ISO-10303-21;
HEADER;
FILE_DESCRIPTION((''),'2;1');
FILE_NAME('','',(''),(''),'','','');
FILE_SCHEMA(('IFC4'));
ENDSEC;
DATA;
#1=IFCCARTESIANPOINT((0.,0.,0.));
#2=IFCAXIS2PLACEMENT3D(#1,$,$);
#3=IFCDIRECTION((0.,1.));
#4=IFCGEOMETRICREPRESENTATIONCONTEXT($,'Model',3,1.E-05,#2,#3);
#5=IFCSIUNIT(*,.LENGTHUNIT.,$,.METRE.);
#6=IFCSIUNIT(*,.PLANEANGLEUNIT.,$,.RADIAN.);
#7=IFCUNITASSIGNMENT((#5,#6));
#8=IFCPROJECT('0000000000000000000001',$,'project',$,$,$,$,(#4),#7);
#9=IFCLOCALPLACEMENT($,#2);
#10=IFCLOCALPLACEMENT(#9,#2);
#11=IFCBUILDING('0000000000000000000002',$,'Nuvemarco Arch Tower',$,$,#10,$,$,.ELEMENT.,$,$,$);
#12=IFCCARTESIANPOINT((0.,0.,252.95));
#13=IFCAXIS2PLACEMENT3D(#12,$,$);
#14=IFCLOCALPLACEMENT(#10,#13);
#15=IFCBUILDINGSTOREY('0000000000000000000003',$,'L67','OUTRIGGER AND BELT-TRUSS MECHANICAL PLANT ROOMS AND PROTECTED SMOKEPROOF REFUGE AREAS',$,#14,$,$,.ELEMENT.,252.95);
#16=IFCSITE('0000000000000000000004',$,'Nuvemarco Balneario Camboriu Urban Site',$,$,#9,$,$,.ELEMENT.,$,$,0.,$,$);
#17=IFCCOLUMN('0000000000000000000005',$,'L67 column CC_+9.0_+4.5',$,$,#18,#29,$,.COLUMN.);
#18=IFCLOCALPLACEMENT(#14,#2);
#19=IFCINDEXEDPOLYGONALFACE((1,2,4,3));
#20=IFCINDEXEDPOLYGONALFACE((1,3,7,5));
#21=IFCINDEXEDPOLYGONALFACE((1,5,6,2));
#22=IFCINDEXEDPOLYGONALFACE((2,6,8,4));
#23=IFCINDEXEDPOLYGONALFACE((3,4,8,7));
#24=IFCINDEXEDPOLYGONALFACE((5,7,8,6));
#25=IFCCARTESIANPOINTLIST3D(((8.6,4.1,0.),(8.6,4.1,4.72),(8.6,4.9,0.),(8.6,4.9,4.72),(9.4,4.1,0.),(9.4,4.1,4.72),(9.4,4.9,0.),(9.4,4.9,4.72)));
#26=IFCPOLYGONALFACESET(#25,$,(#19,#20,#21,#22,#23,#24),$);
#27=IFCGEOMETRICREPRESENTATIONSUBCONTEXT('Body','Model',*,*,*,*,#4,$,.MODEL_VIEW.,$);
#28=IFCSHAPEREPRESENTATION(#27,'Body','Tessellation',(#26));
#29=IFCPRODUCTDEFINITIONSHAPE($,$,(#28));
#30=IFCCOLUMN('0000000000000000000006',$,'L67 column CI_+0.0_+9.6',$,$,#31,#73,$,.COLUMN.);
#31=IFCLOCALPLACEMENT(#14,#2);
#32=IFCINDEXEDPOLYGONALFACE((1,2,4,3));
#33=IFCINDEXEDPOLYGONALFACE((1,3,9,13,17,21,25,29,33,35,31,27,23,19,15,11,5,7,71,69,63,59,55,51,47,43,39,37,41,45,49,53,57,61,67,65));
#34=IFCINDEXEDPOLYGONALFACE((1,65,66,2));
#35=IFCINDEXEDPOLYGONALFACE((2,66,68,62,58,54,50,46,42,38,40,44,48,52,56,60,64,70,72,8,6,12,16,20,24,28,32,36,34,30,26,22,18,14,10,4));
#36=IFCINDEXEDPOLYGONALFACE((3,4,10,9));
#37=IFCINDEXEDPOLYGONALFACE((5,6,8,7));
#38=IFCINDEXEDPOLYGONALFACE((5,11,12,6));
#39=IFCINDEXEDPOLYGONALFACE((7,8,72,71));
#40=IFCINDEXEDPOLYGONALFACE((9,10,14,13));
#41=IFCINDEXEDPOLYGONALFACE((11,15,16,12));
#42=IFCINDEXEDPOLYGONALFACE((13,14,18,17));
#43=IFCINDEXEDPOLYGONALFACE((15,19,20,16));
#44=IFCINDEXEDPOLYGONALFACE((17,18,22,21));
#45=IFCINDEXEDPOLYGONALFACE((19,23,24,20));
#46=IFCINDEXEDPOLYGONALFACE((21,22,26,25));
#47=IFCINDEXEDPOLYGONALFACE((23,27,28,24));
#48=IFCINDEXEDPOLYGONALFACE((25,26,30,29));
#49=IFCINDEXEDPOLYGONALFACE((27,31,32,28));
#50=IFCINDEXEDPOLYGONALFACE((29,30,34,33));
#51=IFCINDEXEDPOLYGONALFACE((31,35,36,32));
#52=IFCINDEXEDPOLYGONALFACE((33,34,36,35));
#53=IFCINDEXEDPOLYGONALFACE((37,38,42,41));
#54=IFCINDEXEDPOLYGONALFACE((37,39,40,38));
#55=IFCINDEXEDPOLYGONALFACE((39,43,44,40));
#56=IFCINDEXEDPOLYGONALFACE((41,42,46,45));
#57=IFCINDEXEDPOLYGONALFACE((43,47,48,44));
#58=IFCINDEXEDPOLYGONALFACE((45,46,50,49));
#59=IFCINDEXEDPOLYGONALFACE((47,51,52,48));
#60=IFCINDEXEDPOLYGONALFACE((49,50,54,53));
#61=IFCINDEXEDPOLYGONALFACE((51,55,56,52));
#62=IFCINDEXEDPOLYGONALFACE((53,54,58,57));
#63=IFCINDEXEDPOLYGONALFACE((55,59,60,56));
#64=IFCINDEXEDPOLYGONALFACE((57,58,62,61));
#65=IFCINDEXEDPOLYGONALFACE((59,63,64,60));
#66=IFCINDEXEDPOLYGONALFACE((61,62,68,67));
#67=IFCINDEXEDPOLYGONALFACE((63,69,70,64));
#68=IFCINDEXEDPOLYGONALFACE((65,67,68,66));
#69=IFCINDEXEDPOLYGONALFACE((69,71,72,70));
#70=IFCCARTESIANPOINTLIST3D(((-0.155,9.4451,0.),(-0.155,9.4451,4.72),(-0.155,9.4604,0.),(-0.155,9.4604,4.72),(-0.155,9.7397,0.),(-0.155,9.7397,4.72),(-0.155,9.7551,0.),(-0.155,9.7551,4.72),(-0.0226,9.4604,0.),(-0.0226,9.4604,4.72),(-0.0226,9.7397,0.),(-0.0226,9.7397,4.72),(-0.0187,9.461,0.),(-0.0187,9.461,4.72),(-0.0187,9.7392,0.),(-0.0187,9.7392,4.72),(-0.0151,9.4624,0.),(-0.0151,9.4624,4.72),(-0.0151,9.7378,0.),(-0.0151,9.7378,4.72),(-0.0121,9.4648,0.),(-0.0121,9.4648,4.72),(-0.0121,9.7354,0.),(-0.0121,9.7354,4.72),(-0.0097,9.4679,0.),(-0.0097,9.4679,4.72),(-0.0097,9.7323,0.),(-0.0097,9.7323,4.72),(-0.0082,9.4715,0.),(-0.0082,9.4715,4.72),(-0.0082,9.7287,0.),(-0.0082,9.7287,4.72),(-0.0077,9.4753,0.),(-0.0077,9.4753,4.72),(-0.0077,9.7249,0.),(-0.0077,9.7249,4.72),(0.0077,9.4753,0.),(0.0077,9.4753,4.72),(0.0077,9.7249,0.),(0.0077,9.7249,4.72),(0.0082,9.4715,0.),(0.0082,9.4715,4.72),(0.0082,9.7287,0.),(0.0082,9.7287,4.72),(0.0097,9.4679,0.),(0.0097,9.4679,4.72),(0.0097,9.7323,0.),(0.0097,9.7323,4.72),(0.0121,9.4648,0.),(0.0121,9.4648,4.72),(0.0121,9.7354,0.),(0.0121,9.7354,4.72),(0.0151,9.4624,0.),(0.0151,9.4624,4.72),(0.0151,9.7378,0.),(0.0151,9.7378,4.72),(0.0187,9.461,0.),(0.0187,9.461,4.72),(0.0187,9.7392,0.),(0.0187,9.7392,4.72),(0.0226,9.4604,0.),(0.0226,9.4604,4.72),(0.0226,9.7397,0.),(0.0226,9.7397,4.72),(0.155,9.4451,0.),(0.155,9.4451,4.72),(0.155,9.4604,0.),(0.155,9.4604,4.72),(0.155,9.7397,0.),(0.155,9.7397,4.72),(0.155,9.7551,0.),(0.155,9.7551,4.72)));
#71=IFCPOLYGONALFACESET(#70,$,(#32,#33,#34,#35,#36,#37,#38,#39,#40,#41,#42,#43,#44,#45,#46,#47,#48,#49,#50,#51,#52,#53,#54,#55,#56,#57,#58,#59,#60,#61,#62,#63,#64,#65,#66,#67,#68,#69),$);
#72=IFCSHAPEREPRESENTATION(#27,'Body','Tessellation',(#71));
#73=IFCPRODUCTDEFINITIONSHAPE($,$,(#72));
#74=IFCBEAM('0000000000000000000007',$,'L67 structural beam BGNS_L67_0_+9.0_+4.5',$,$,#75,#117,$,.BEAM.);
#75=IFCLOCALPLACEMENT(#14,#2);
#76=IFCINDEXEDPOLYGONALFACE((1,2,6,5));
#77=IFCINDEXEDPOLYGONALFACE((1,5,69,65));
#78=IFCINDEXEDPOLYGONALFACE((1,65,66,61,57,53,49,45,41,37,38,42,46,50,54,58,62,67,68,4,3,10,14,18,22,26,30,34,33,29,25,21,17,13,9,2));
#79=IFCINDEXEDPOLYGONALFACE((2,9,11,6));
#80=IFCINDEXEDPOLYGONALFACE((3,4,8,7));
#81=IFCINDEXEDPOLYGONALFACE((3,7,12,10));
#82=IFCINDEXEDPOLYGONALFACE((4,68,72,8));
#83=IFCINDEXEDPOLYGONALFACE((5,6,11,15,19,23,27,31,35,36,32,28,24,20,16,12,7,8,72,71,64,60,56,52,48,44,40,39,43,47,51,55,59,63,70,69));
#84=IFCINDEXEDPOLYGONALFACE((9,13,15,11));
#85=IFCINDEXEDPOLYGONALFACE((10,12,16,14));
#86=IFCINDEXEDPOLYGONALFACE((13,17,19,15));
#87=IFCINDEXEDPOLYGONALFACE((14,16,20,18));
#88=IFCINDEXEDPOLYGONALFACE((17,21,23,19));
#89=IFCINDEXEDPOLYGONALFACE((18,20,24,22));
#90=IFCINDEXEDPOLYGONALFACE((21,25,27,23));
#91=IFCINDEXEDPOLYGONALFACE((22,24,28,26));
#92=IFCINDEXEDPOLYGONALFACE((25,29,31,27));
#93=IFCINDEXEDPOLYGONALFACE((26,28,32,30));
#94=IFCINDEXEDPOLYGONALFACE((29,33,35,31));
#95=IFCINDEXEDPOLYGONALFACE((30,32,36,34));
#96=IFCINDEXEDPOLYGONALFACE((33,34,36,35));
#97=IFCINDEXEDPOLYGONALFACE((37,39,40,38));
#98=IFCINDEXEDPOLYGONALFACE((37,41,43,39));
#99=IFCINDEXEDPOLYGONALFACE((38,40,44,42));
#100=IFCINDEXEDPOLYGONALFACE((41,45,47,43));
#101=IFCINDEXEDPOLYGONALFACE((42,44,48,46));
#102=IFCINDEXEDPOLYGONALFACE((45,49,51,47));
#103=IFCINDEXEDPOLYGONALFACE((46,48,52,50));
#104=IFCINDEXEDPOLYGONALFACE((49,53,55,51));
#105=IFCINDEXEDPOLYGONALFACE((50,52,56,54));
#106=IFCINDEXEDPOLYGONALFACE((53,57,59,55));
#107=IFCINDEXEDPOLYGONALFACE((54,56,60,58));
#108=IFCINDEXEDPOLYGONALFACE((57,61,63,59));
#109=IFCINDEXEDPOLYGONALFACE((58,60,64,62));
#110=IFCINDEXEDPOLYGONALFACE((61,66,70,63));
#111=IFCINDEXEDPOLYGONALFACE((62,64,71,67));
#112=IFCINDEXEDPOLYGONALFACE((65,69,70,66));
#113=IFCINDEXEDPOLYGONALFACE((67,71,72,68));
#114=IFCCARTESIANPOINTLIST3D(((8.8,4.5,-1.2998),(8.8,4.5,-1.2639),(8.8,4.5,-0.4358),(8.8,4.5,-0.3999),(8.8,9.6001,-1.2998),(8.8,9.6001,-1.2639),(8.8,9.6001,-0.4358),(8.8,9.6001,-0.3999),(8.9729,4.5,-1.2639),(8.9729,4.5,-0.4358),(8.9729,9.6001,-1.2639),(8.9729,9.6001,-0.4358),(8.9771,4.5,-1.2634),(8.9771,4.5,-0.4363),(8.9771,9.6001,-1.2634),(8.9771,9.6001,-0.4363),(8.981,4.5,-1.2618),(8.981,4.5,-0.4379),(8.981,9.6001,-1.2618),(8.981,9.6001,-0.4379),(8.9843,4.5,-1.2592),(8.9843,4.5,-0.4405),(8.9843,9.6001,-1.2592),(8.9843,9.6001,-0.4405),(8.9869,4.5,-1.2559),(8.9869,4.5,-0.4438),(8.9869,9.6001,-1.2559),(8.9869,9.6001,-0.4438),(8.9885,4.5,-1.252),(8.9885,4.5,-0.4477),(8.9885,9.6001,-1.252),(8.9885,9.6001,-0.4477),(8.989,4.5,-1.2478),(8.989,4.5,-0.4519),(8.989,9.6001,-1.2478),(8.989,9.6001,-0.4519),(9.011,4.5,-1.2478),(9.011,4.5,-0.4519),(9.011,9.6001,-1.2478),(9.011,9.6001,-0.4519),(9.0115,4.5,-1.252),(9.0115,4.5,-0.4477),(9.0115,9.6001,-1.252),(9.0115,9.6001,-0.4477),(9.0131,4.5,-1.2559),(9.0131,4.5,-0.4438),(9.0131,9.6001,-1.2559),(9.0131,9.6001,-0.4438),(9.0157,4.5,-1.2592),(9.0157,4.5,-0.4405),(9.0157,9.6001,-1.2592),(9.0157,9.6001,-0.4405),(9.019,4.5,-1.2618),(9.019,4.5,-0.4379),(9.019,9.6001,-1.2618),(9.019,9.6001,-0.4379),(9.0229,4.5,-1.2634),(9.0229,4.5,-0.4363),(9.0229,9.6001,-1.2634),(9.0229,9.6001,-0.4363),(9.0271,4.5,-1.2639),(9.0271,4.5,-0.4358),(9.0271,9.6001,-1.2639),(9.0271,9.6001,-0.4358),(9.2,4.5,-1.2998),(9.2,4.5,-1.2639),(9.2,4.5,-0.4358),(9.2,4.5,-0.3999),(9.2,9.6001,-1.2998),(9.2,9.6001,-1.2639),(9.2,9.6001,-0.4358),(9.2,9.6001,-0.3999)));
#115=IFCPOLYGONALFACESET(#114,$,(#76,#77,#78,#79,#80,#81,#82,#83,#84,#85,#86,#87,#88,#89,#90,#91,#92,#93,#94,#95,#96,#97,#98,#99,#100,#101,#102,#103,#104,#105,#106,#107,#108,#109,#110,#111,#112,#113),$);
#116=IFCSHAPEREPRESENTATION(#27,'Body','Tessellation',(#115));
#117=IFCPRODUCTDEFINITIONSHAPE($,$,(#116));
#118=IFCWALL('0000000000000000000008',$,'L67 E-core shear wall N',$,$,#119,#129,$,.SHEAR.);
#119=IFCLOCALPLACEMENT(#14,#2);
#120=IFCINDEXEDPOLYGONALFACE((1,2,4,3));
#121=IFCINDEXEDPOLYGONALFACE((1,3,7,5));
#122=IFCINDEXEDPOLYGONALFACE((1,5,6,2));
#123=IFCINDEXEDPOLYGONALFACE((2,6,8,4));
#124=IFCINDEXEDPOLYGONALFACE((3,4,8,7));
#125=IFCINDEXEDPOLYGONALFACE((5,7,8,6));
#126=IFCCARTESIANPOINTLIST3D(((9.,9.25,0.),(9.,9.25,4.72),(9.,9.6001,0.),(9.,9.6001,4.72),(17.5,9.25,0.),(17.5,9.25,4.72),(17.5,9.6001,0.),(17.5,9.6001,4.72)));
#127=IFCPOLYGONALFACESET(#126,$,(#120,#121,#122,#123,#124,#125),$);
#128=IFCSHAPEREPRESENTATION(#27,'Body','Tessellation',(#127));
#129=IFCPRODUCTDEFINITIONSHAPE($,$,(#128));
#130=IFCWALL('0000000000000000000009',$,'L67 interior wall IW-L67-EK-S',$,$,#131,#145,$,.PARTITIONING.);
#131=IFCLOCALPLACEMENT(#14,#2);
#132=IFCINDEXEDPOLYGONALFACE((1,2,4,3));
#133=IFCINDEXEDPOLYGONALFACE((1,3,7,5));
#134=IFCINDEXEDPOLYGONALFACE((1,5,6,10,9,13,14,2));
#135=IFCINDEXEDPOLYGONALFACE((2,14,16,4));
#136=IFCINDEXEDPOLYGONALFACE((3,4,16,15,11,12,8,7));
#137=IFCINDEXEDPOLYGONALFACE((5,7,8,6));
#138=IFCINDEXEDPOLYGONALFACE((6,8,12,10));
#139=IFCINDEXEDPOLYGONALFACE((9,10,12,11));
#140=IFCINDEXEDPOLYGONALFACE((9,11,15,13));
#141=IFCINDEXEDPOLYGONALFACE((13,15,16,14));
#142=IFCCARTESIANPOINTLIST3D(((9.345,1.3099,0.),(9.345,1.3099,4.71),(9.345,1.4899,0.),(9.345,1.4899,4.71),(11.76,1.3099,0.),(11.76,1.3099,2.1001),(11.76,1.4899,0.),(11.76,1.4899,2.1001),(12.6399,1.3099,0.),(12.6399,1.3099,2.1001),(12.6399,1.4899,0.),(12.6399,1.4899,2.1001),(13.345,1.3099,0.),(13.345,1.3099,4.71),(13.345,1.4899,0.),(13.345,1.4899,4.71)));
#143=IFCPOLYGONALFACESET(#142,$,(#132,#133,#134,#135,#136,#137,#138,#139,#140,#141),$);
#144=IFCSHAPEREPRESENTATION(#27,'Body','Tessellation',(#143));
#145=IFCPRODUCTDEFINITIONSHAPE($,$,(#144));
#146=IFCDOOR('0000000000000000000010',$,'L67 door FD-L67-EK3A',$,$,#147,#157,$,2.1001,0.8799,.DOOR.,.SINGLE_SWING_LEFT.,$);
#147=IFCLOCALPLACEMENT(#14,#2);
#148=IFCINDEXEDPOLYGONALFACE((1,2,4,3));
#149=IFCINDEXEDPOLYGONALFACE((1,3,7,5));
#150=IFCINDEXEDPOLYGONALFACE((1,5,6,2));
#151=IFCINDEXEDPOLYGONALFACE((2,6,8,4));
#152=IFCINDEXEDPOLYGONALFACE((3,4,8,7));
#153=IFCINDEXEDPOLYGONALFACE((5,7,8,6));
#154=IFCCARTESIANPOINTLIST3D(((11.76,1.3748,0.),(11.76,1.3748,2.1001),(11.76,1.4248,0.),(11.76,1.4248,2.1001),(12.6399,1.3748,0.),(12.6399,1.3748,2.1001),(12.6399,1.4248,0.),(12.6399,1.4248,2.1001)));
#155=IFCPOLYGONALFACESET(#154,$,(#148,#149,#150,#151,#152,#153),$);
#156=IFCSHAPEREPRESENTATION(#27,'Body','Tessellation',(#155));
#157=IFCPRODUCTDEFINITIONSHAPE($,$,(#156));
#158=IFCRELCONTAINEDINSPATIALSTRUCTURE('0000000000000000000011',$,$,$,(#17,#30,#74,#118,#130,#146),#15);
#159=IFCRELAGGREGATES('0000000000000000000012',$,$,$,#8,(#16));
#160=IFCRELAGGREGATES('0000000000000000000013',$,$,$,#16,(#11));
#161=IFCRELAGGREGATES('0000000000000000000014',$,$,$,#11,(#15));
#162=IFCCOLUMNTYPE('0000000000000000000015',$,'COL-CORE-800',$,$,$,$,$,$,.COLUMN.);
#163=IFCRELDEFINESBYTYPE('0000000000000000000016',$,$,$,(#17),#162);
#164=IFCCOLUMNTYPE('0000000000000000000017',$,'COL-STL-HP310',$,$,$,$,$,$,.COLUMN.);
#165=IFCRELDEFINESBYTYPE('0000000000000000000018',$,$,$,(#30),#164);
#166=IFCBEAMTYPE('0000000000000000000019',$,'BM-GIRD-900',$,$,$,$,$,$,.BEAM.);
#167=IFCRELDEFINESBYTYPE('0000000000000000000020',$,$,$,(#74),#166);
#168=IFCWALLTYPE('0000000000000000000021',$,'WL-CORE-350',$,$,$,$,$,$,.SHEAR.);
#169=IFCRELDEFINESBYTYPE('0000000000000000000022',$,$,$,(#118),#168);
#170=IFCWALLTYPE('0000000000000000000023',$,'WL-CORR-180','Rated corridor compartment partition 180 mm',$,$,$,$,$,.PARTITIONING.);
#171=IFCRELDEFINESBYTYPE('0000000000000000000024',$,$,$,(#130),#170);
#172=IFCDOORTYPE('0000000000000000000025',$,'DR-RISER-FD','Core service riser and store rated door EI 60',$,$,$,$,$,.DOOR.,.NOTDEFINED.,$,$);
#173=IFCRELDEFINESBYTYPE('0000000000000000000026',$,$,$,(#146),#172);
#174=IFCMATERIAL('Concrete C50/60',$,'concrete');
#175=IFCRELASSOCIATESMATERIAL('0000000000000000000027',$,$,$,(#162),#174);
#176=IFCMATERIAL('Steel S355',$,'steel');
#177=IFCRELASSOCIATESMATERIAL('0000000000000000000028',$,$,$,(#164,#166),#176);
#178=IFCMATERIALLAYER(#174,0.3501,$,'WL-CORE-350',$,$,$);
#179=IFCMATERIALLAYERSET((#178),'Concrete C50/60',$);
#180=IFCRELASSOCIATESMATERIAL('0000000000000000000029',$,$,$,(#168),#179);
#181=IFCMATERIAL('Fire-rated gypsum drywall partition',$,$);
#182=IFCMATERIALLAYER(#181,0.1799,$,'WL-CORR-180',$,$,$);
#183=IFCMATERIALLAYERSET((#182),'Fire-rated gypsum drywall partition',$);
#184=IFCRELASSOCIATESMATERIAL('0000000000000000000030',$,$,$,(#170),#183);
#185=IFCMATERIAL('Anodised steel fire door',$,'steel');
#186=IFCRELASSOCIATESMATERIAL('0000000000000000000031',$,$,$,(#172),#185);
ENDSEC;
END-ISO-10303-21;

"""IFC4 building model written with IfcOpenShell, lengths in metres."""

from ifc_helpers import new_model, si_unit, direction, frame, frame_2d, origin, origin_2d, place, context, subcontext, project, spatial, rectangle, i_section, extrude, source, transform, mapped, material, layer, layer_set, material_profile, profile_set, type_object, type_shapes, element, fill, save


model = new_model("IFC4")

# Units and contexts
model_context = context("Model", 3, precision=1e-05, world=origin(), true_north=direction((0.0, 1.0)))
body_context = subcontext(model_context, "Body", "Model", "MODEL_VIEW")
ifc_project = project(units=[si_unit("LENGTHUNIT", "METRE"), si_unit("PLANEANGLEUNIT", "RADIAN")], contexts=[model_context])

# Site, building, storey
site_placement = place(None, origin())
site = spatial("IfcSite", under=ifc_project, at=site_placement, Name="Nuvemarco Balneario Camboriu Urban Site", CompositionType="ELEMENT", RefElevation=0.0)
building_placement = place(site_placement, origin())
building = spatial("IfcBuilding", under=site, at=building_placement, Name="Nuvemarco Arch Tower", CompositionType="ELEMENT")
storey_placement = place(building_placement, frame((0.0, 0.0, 252.95)))
storey = spatial("IfcBuildingStorey", under=building, at=storey_placement, Name="L67", Description="OUTRIGGER AND BELT-TRUSS MECHANICAL PLANT ROOMS AND PROTECTED SMOKEPROOF REFUGE AREAS", CompositionType="ELEMENT", Elevation=252.95)

# Columns
ifc_material_1 = material(Name="Concrete C50/60", Category="concrete")
ifc_material_profile_1 = material_profile(ifc_material_1, rectangle(XDim=0.8, YDim=0.8, at=origin_2d()), Name="RC-COL-800x800")
ifc_profile_set_1 = profile_set([ifc_material_profile_1], Name="Concrete C50/60")
column_type_1 = type_object("IfcColumnType", Name="COL-CORE-800", PredefinedType="COLUMN", material=ifc_profile_set_1)
column_1_placement = place(storey_placement, frame((9.0, 4.5, 0.0), z_axis=(0.0, 0.0, 1.0), x_axis=(1.0, 0.0, 0.0)))
element("IfcColumn", 1, at=column_1_placement, inside=storey, type_object=column_type_1, Name="L67 column CC_+9.0_+4.5", PredefinedType="COLUMN", context=body_context, shape_type="SweptSolid", body=[
    extrude(rectangle(XDim=0.8, YDim=0.8, at=origin_2d()), origin(), (0.0, 0.0, 1.0), 4.72),
])
ifc_material_2 = material(Name="Steel S355", Category="steel")
ifc_material_profile_2 = material_profile(ifc_material_2, i_section(OverallWidth=0.3101, OverallDepth=0.3101, WebThickness=0.0154, FlangeThickness=0.0154, FilletRadius=0.0149, at=origin_2d()), Name="HP310x110")
ifc_profile_set_2 = profile_set([ifc_material_profile_2], Name="Steel S355")
column_type_2 = type_object("IfcColumnType", Name="COL-STL-HP310", PredefinedType="COLUMN", material=ifc_profile_set_2)
column_2_placement = place(storey_placement, frame((0.0, 9.6001, 0.0), z_axis=(0.0, 0.0, 1.0), x_axis=(1.0, 0.0, 0.0)))
element("IfcColumn", 2, at=column_2_placement, inside=storey, type_object=column_type_2, Name="L67 column CI_+0.0_+9.6", PredefinedType="COLUMN", context=body_context, shape_type="SweptSolid", body=[
    extrude(i_section(OverallWidth=0.3101, OverallDepth=0.3101, WebThickness=0.0154, FlangeThickness=0.0154, FilletRadius=0.0149, at=origin_2d()), origin(), (0.0, 0.0, 1.0), 4.72),
])

# Beam
ifc_material_profile_3 = material_profile(ifc_material_2, i_section(OverallWidth=0.3999, OverallDepth=0.8999, WebThickness=0.022, FlangeThickness=0.0359, FilletRadius=0.0161, at=origin_2d()), Name="PG900x400")
ifc_profile_set_3 = profile_set([ifc_material_profile_3], Name="Steel S355")
beam_type = type_object("IfcBeamType", Name="BM-GIRD-900", PredefinedType="BEAM", material=ifc_profile_set_3)
beam_placement = place(storey_placement, frame((9.0, 4.5, -0.8499), z_axis=(0.0, 1.0, 0.0), x_axis=(-1.0, 0.0, 0.0)))
element("IfcBeam", 3, at=beam_placement, inside=storey, type_object=beam_type, Name="L67 structural beam BGNS_L67_0_+9.0_+4.5", PredefinedType="BEAM", context=body_context, shape_type="SweptSolid", body=[
    extrude(i_section(OverallWidth=0.3999, OverallDepth=0.8999, WebThickness=0.022, FlangeThickness=0.0359, FilletRadius=0.0161, at=origin_2d()), origin(), (0.0, 0.0, 1.0), 5.1001),
])

# Wall
ifc_layer_1 = layer(ifc_material_1, 0.3501, Name="WL-CORE-350")
ifc_layer_set_1 = layer_set([ifc_layer_1], Name="Concrete C50/60")
wall_type_1 = type_object("IfcWallType", Name="WL-CORE-350", PredefinedType="SHEAR", material=ifc_layer_set_1)
wall_1_placement = place(storey_placement, frame((9.0, 9.425, 0.0), z_axis=(0.0, 0.0, 1.0), x_axis=(1.0, 0.0, 0.0)))
element("IfcWall", 4, at=wall_1_placement, inside=storey, type_object=wall_type_1, Name="L67 E-core shear wall N", PredefinedType="SHEAR", context=body_context, shape_type="SweptSolid", body=[
    extrude(rectangle(XDim=8.5, YDim=0.3501, at=frame_2d((4.25, 0.0))), origin(), (0.0, 0.0, 1.0), 4.72),
])

# Wall, opening, door
ifc_material_3 = material(Name="Fire-rated gypsum drywall partition")
ifc_layer_2 = layer(ifc_material_3, 0.1799, Name="WL-CORR-180")
ifc_layer_set_2 = layer_set([ifc_layer_2], Name="Fire-rated gypsum drywall partition")
wall_type_2 = type_object("IfcWallType", Name="WL-CORR-180", Description="Rated corridor compartment partition 180 mm", PredefinedType="PARTITIONING", material=ifc_layer_set_2)
wall_2_placement = place(storey_placement, frame((9.345, 1.3999, 0.0), z_axis=(0.0, 0.0, 1.0), x_axis=(1.0, 0.0, 0.0)))
wall_2 = element("IfcWall", 5, at=wall_2_placement, inside=storey, type_object=wall_type_2, Name="L67 interior wall IW-L67-EK-S", PredefinedType="PARTITIONING", context=body_context, shape_type="SweptSolid", body=[
    extrude(rectangle(XDim=4.0, YDim=0.1799, at=frame_2d((2.0, 0.0))), origin(), (0.0, 0.0, 1.0), 4.71),
])
opening_1_placement = place(wall_2_placement, frame((2.415, 0.0, 0.0)))
opening_1 = element("IfcOpeningElement", 6, at=opening_1_placement, cuts=wall_2, PredefinedType="OPENING", context=body_context, shape_type="SweptSolid", body=[
    extrude(rectangle(XDim=0.8799, YDim=2.1001, at=frame_2d((0.4399, 1.05))), frame((0.0, 0.0999, 0.0), z_axis=(0.0, -1.0, 0.0), x_axis=(1.0, 0.0, 0.0)), (0.0, 0.0, 1.0), 0.2),
])
ifc_material_4 = material(Name="Anodised steel fire door", Category="steel")
door_type_1 = type_object("IfcDoorType", Name="DR-RISER-FD", Description="Core service riser and store rated door EI 60", OperationType="NOTDEFINED", PredefinedType="DOOR", material=ifc_material_4)
shared_shape_1 = source(origin(), body_context, "Body", "SweptSolid", [
    extrude(rectangle(XDim=0.8799, YDim=2.1001, at=frame_2d((0.4399, 1.05))), frame((0.0, 0.0249, 0.0), z_axis=(0.0, -1.0, 0.0), x_axis=(1.0, 0.0, 0.0)), (0.0, 0.0, 1.0), 0.05),
])
type_shapes(door_type_1, [shared_shape_1])
door_1_placement = place(opening_1_placement, origin())
door_1 = element("IfcDoor", 7, at=door_1_placement, inside=storey, type_object=door_type_1, Name="L67 door FD-L67-EK3A", OperationType="SINGLE_SWING_LEFT", OverallHeight=2.1001, OverallWidth=0.8799, PredefinedType="DOOR", context=body_context, shape_type="MappedRepresentation", body=[
    mapped(shared_shape_1, transform((0.0, 0.0, 0.0), scale=1.0)),
])
fill(opening_1, door_1)

save(model, "model.ifc")
